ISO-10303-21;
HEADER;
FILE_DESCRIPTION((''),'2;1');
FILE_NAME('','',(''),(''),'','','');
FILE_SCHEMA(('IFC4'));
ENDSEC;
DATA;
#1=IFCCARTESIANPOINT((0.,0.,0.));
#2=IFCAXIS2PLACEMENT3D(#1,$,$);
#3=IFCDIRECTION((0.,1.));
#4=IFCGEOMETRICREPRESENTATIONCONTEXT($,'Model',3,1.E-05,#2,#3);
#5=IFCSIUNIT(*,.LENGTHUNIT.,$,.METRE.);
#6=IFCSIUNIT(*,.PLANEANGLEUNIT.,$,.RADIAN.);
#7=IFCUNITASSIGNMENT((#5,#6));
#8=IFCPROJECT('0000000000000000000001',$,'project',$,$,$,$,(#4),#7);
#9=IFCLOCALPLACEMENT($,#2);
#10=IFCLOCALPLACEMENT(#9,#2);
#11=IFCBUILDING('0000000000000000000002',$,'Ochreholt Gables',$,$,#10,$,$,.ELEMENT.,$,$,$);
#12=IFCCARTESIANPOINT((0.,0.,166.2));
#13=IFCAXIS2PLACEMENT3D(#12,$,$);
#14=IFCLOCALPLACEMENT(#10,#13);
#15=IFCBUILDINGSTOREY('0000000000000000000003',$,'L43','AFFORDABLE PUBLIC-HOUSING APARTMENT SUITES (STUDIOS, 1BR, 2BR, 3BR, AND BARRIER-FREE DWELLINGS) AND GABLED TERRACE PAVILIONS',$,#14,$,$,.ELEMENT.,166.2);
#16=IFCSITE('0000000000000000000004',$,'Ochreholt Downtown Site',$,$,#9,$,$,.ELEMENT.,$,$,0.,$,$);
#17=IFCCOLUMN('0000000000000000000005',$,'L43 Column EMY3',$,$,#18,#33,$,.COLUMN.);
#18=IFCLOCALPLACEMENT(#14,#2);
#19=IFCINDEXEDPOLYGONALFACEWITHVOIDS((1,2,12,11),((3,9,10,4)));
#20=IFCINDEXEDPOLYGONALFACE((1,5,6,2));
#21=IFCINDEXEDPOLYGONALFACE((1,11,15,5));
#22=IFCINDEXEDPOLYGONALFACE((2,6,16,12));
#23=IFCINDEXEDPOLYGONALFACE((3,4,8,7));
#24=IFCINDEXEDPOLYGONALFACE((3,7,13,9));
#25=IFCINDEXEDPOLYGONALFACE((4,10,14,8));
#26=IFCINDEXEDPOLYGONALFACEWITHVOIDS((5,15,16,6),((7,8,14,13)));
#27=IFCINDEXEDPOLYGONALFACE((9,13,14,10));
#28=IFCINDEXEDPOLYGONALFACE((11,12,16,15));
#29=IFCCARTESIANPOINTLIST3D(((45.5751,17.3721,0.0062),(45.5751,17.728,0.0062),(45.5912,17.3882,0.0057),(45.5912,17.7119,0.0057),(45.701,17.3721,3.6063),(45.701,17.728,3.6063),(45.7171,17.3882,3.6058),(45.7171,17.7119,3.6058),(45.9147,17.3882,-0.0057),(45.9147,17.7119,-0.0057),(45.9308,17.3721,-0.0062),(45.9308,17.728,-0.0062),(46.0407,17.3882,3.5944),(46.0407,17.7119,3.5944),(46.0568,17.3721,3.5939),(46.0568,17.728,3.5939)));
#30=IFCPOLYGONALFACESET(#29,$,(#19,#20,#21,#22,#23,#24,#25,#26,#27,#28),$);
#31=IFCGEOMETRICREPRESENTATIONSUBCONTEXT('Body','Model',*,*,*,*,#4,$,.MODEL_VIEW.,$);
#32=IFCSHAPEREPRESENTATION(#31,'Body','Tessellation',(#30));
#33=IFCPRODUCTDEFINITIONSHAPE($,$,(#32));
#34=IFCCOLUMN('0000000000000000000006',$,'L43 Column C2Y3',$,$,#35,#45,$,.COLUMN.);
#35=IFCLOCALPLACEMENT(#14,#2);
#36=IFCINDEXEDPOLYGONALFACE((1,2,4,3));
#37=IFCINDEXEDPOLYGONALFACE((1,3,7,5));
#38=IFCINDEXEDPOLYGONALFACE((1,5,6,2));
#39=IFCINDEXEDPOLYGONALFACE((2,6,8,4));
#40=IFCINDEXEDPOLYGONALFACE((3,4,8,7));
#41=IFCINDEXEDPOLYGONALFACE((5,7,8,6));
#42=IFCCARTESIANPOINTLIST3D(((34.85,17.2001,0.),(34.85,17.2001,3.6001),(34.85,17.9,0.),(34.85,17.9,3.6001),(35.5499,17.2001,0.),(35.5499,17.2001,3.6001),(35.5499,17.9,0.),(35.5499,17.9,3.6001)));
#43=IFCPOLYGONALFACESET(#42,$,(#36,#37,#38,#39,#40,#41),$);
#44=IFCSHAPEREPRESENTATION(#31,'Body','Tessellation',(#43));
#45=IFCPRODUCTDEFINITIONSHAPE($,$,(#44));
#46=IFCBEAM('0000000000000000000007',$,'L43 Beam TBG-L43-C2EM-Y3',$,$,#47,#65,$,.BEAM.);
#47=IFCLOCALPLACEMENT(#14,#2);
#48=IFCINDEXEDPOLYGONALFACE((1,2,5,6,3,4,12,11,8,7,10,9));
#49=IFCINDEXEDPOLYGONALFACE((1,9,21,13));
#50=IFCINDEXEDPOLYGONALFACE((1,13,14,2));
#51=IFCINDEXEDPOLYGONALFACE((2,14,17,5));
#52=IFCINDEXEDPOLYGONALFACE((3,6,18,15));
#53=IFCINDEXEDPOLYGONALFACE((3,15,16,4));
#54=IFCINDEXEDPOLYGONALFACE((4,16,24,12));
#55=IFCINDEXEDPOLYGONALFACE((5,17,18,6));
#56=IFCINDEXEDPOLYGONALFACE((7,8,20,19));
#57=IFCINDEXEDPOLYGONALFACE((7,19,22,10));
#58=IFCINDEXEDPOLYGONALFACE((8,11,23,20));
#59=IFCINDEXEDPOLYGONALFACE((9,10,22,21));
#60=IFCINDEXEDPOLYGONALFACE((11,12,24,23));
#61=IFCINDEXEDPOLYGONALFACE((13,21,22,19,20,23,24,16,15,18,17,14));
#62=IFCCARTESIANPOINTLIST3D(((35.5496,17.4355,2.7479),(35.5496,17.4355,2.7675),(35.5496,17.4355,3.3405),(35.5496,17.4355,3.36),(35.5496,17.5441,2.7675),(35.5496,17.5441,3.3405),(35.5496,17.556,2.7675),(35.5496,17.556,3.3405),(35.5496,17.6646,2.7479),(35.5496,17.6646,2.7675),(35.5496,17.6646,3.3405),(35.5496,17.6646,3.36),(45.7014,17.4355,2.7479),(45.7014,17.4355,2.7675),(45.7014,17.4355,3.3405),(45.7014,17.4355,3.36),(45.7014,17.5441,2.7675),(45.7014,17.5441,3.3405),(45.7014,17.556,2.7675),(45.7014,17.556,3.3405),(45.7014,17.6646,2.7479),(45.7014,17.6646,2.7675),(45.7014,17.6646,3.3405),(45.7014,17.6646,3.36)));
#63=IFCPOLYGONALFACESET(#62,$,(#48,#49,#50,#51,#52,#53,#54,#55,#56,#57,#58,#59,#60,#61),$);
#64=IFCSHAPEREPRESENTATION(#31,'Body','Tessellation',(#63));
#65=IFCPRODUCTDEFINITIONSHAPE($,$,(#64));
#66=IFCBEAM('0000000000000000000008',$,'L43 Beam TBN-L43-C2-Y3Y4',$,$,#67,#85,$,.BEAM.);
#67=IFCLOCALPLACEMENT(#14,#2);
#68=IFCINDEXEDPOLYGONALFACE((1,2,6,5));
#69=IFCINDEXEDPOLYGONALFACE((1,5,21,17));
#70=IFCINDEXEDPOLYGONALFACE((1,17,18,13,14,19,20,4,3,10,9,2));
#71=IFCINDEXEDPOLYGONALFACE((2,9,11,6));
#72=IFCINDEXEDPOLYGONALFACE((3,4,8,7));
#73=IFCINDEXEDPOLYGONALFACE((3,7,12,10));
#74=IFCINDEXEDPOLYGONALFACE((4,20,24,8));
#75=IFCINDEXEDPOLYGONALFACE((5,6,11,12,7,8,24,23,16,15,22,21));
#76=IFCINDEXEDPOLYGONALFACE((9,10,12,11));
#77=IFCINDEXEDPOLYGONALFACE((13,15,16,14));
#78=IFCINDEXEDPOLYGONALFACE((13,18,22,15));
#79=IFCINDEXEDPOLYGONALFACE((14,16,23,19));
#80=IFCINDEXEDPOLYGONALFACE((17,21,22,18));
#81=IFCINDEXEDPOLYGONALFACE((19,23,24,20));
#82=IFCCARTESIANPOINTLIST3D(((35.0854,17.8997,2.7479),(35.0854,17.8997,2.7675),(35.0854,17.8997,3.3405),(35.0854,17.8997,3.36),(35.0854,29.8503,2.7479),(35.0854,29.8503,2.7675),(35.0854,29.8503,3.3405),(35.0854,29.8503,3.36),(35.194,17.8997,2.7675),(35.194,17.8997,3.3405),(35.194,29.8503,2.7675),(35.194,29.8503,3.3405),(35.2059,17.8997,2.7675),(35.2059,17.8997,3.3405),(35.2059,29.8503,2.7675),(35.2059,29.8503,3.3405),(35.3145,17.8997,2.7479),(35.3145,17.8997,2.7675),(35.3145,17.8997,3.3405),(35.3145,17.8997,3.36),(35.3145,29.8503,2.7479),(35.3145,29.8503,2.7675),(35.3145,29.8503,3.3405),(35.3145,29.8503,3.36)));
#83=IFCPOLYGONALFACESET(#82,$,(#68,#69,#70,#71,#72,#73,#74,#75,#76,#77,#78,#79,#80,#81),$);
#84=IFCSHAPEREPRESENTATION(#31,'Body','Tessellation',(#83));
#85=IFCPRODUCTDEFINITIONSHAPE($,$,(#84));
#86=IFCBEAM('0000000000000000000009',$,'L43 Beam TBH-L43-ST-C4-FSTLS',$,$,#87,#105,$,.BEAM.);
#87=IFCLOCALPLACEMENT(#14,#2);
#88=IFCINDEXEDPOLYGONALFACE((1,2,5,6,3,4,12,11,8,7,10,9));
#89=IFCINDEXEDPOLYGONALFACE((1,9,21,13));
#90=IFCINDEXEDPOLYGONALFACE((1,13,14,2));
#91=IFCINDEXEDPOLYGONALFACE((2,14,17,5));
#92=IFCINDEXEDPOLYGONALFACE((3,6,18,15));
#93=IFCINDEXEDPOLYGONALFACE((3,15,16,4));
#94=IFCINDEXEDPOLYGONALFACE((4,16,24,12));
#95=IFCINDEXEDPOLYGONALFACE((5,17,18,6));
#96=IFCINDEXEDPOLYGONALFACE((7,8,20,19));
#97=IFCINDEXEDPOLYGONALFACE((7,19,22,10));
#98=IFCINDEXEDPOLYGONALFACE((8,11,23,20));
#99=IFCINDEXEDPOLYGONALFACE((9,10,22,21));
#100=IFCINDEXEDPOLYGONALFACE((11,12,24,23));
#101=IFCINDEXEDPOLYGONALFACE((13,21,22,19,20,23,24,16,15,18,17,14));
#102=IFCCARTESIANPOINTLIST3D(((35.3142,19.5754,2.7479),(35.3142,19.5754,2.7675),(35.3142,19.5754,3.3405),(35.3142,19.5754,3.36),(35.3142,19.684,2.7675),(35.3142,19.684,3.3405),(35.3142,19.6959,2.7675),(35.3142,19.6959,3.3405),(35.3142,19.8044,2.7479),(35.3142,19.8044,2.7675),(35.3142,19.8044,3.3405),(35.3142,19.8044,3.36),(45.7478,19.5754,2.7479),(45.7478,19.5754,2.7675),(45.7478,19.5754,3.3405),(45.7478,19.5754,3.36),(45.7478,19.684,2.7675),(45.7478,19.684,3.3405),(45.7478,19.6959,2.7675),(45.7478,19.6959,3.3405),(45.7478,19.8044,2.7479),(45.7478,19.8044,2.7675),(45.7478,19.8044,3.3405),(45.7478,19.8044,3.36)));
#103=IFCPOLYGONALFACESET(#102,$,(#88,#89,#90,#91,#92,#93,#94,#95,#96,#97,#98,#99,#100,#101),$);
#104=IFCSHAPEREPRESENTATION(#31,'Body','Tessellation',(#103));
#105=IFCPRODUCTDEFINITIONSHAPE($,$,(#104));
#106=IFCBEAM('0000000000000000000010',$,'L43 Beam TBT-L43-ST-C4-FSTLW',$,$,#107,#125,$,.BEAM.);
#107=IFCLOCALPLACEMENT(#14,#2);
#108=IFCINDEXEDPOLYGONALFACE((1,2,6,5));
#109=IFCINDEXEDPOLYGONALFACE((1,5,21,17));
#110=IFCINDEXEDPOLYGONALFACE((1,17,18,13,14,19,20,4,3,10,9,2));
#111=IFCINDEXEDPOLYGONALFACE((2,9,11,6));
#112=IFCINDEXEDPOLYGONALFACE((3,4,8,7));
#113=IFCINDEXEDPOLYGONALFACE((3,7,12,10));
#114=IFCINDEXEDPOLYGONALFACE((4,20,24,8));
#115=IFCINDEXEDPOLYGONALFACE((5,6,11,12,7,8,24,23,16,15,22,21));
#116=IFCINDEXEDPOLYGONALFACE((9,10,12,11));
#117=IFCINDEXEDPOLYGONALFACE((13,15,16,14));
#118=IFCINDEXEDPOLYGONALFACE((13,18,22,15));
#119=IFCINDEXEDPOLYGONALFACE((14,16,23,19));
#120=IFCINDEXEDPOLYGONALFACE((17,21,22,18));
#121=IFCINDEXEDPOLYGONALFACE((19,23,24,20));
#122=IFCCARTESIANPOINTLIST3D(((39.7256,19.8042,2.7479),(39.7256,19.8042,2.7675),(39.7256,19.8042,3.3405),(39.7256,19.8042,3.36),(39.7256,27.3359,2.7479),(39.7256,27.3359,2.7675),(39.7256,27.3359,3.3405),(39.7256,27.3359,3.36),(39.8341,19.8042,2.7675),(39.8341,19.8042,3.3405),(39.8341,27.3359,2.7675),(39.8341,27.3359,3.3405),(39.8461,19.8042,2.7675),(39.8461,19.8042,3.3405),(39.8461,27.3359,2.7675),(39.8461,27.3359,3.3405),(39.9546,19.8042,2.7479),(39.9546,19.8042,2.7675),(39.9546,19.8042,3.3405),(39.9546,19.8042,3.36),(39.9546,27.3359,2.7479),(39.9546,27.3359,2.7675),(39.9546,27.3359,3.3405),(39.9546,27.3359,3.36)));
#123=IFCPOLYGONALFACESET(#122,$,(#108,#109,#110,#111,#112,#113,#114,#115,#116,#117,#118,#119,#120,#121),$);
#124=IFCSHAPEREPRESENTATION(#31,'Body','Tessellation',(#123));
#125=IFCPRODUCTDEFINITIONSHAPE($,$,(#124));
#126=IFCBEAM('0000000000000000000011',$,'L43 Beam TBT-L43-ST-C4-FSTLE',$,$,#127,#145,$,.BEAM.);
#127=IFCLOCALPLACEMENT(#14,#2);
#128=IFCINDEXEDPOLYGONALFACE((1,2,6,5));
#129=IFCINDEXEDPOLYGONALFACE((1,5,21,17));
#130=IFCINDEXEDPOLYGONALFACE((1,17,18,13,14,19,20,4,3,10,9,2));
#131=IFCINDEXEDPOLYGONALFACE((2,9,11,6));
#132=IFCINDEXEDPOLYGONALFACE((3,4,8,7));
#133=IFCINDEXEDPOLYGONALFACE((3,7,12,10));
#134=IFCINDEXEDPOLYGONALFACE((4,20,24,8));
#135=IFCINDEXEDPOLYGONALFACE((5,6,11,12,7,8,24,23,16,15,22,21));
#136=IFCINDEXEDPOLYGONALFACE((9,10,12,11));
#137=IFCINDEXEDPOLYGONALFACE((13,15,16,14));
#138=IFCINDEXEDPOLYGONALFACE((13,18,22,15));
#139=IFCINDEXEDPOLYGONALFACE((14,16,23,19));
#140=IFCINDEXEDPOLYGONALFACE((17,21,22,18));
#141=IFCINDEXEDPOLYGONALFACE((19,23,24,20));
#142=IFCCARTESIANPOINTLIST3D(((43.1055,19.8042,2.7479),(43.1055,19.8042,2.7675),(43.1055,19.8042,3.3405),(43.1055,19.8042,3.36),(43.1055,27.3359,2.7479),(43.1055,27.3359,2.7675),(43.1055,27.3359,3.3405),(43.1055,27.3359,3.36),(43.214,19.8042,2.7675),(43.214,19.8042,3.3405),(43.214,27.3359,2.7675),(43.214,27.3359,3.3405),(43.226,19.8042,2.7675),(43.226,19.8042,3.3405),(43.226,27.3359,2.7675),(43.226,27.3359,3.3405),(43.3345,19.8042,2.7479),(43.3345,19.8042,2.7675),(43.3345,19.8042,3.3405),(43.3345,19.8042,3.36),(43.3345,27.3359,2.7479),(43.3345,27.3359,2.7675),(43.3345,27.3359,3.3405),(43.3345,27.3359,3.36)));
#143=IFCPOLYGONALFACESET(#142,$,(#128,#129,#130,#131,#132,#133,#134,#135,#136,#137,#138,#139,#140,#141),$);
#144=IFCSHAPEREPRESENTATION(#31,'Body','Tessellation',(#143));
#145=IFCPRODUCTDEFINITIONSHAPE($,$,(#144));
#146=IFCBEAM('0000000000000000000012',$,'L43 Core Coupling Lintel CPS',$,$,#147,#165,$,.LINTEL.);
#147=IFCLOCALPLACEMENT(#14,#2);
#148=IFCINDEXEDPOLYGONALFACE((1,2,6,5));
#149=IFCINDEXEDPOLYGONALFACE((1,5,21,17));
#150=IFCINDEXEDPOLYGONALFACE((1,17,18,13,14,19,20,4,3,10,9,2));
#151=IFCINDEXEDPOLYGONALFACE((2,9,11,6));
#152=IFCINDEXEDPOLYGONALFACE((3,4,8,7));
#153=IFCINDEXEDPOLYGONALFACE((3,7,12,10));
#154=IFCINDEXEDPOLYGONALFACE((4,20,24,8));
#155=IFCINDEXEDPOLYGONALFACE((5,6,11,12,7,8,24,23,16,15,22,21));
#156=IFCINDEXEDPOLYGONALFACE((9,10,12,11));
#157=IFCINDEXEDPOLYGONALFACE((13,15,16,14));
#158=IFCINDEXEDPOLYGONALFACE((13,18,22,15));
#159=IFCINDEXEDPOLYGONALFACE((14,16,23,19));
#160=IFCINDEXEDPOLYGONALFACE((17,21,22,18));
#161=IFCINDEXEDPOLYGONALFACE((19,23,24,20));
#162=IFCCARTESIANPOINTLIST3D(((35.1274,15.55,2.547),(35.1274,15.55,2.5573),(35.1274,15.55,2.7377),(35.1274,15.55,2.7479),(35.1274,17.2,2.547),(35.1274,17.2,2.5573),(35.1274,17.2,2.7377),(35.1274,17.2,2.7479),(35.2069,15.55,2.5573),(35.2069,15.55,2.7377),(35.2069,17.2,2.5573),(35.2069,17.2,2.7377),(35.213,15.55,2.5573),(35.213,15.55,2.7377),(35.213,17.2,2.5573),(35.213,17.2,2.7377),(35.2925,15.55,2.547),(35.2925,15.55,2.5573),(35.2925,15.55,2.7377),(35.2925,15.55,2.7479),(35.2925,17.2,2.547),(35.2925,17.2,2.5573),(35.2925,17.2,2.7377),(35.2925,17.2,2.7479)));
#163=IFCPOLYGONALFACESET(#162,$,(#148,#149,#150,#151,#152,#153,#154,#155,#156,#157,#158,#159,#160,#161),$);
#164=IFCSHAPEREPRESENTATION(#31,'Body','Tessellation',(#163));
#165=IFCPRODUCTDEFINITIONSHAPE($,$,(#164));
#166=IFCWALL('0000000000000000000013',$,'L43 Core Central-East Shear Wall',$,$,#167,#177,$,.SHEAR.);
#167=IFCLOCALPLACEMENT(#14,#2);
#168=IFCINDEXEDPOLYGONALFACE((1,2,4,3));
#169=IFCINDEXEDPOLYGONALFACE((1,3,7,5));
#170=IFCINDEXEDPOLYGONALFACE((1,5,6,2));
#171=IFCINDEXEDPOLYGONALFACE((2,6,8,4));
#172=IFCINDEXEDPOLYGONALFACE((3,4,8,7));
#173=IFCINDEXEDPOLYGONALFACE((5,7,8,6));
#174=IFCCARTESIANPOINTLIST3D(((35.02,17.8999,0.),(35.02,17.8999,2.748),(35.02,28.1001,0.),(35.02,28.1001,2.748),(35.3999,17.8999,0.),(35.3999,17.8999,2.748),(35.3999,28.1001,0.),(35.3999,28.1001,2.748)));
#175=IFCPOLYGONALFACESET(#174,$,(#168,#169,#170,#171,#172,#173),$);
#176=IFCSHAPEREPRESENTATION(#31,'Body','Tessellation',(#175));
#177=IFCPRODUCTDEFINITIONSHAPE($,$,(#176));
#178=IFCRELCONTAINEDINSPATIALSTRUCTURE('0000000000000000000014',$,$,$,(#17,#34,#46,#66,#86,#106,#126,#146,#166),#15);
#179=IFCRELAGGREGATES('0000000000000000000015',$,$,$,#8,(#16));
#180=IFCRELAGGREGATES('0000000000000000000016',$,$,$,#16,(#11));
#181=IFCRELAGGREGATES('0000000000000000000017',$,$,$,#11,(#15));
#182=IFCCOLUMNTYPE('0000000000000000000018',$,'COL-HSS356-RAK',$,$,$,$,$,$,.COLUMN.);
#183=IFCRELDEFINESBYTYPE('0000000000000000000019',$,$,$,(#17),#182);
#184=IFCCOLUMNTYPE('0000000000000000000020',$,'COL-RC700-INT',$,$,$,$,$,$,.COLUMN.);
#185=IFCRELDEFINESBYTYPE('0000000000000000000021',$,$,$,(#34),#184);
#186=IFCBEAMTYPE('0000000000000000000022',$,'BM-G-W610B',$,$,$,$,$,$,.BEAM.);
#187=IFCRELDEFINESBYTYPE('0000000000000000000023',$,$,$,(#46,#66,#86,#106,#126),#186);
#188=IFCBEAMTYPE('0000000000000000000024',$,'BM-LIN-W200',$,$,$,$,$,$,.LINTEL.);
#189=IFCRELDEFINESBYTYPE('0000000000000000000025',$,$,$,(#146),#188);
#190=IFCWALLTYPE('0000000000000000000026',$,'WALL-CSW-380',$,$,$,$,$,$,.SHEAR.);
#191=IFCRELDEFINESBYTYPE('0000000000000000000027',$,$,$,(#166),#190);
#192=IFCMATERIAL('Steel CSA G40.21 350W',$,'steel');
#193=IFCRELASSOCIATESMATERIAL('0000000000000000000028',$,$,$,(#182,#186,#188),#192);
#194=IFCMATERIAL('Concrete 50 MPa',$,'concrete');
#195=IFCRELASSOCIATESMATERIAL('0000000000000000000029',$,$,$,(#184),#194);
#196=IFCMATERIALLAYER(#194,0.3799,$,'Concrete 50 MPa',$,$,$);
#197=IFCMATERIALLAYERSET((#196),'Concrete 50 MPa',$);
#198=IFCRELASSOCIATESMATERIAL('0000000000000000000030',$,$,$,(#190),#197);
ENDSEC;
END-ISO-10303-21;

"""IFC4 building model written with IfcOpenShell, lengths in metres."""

from ifc_helpers import new_model, si_unit, direction, frame, frame_2d, origin, origin_2d, place, context, subcontext, project, spatial, rectangle, hollow_rectangle, i_section, extrude, material, layer, layer_set, material_profile, profile_set, type_object, element, save


model = new_model("IFC4")

# Units and contexts
model_context = context("Model", 3, precision=1e-05, world=origin(), true_north=direction((0.0, 1.0)))
body_context = subcontext(model_context, "Body", "Model", "MODEL_VIEW")
ifc_project = project(units=[si_unit("LENGTHUNIT", "METRE"), si_unit("PLANEANGLEUNIT", "RADIAN")], contexts=[model_context])

# Site, building, storey
site_placement = place(None, origin())
site = spatial("IfcSite", under=ifc_project, at=site_placement, Name="Ochreholt Downtown Site", CompositionType="ELEMENT", RefElevation=0.0)
building_placement = place(site_placement, origin())
building = spatial("IfcBuilding", under=site, at=building_placement, Name="Ochreholt Gables", CompositionType="ELEMENT")
storey_placement = place(building_placement, frame((0.0, 0.0, 166.2)))
storey = spatial("IfcBuildingStorey", under=building, at=storey_placement, Name="L43", Description="AFFORDABLE PUBLIC-HOUSING APARTMENT SUITES (STUDIOS, 1BR, 2BR, 3BR, AND BARRIER-FREE DWELLINGS) AND GABLED TERRACE PAVILIONS", CompositionType="ELEMENT", Elevation=166.2)

# Columns
ifc_material_1 = material(Name="Steel CSA G40.21 350W", Category="steel")
ifc_material_profile_1 = material_profile(ifc_material_1, hollow_rectangle(XDim=0.356, YDim=0.356, WallThickness=0.0161, at=origin_2d()), Name="HSS356X356X16")
ifc_profile_set_1 = profile_set([ifc_material_profile_1], Name="Steel CSA G40.21 350W")
column_type_1 = type_object("IfcColumnType", Name="COL-HSS356-RAK", PredefinedType="COLUMN", material=ifc_profile_set_1)
column_1_placement = place(storey_placement, frame((45.7529, 17.55, 0.0), z_axis=(0.034971, 0.0, 0.999388), x_axis=(0.0, 1.0, 0.0)))
element("IfcColumn", 1, at=column_1_placement, inside=storey, type_object=column_type_1, Name="L43 Column EMY3", PredefinedType="COLUMN", context=body_context, shape_type="SweptSolid", body=[
    extrude(hollow_rectangle(XDim=0.356, YDim=0.356, WallThickness=0.0161, at=origin_2d()), origin(), (0.0, 0.0, 1.0), 3.6023),
])
ifc_material_2 = material(Name="Concrete 50 MPa", Category="concrete")
ifc_material_profile_2 = material_profile(ifc_material_2, rectangle(XDim=0.7, YDim=0.7, at=origin_2d()), Name="RC700X700")
ifc_profile_set_2 = profile_set([ifc_material_profile_2], Name="Concrete 50 MPa")
column_type_2 = type_object("IfcColumnType", Name="COL-RC700-INT", PredefinedType="COLUMN", material=ifc_profile_set_2)
column_2_placement = place(storey_placement, frame((35.2, 17.55, 0.0), z_axis=(0.0, 0.0, 1.0), x_axis=(1.0, 0.0, 0.0)))
element("IfcColumn", 2, at=column_2_placement, inside=storey, type_object=column_type_2, Name="L43 Column C2Y3", PredefinedType="COLUMN", context=body_context, shape_type="SweptSolid", body=[
    extrude(rectangle(XDim=0.7, YDim=0.7, at=origin_2d()), origin(), (0.0, 0.0, 1.0), 3.6001),
])

# Beams
ifc_material_profile_3 = material_profile(ifc_material_1, i_section(OverallWidth=0.229, OverallDepth=0.6121, WebThickness=0.012, FlangeThickness=0.0195, at=origin_2d()), Name="W610X125")
ifc_profile_set_3 = profile_set([ifc_material_profile_3], Name="Steel CSA G40.21 350W")
beam_type_1 = type_object("IfcBeamType", Name="BM-G-W610B", PredefinedType="BEAM", material=ifc_profile_set_3)
beam_1_placement = place(storey_placement, frame((35.5496, 17.55, 3.054), z_axis=(1.0, 0.0, 0.0), x_axis=(0.0, 1.0, 0.0)))
element("IfcBeam", 3, at=beam_1_placement, inside=storey, type_object=beam_type_1, Name="L43 Beam TBG-L43-C2EM-Y3", PredefinedType="BEAM", context=body_context, shape_type="SweptSolid", body=[
    extrude(i_section(OverallWidth=0.229, OverallDepth=0.6121, WebThickness=0.012, FlangeThickness=0.0195, at=origin_2d()), origin(), (0.0, 0.0, 1.0), 10.1519),
])
beam_2_placement = place(storey_placement, frame((35.2, 17.8997, 3.054), z_axis=(0.0, 1.0, 0.0), x_axis=(-1.0, 0.0, 0.0)))
element("IfcBeam", 4, at=beam_2_placement, inside=storey, type_object=beam_type_1, Name="L43 Beam TBN-L43-C2-Y3Y4", PredefinedType="BEAM", context=body_context, shape_type="SweptSolid", body=[
    extrude(i_section(OverallWidth=0.229, OverallDepth=0.6121, WebThickness=0.012, FlangeThickness=0.0195, at=origin_2d()), origin(), (0.0, 0.0, 1.0), 11.9507),
])
beam_3_placement = place(storey_placement, frame((35.3142, 19.6899, 3.054), z_axis=(1.0, 0.0, 0.0), x_axis=(0.0, 1.0, 0.0)))
element("IfcBeam", 5, at=beam_3_placement, inside=storey, type_object=beam_type_1, Name="L43 Beam TBH-L43-ST-C4-FSTLS", PredefinedType="BEAM", context=body_context, shape_type="SweptSolid", body=[
    extrude(i_section(OverallWidth=0.229, OverallDepth=0.6121, WebThickness=0.012, FlangeThickness=0.0195, at=origin_2d()), origin(), (0.0, 0.0, 1.0), 10.4336),
])
for number, where, z_axis, x_axis, name in (
    (6, (39.8401, 19.8042, 3.054), (0.0, 1.0, 0.0), (-1.0, 0.0, 0.0), "L43 Beam TBT-L43-ST-C4-FSTLW"),
    (7, (43.22, 19.8042, 3.054), (0.0, 1.0, 0.0), (-1.0, 0.0, 0.0), "L43 Beam TBT-L43-ST-C4-FSTLE"),
):
    element("IfcBeam", number, at=place(storey_placement, frame(where, z_axis=z_axis, x_axis=x_axis)), inside=storey, type_object=beam_type_1, Name=name, PredefinedType="BEAM", context=body_context, shape_type="SweptSolid", body=[
        extrude(i_section(OverallWidth=0.229, OverallDepth=0.6121, WebThickness=0.012, FlangeThickness=0.0195, at=origin_2d()), origin(), (0.0, 0.0, 1.0), 7.5317),
    ])
ifc_material_profile_4 = material_profile(ifc_material_1, i_section(OverallWidth=0.165, OverallDepth=0.2009, WebThickness=0.0061, FlangeThickness=0.0103, at=origin_2d()), Name="W200X36")
ifc_profile_set_4 = profile_set([ifc_material_profile_4], Name="Steel CSA G40.21 350W")
beam_type_2 = type_object("IfcBeamType", Name="BM-LIN-W200", PredefinedType="LINTEL", material=ifc_profile_set_4)
beam_4_placement = place(storey_placement, frame((35.21, 15.55, 2.6475), z_axis=(0.0, 1.0, 0.0), x_axis=(-1.0, 0.0, 0.0)))
element("IfcBeam", 8, at=beam_4_placement, inside=storey, type_object=beam_type_2, Name="L43 Core Coupling Lintel CPS", PredefinedType="LINTEL", context=body_context, shape_type="SweptSolid", body=[
    extrude(i_section(OverallWidth=0.165, OverallDepth=0.2009, WebThickness=0.0061, FlangeThickness=0.0103, at=origin_2d()), origin(), (0.0, 0.0, 1.0), 1.6499),
])

# Wall
ifc_layer_1 = layer(ifc_material_2, 0.3799, Name="Concrete 50 MPa")
ifc_layer_set_1 = layer_set([ifc_layer_1], Name="Concrete 50 MPa")
wall_type_1 = type_object("IfcWallType", Name="WALL-CSW-380", PredefinedType="SHEAR", material=ifc_layer_set_1)
wall_1_placement = place(storey_placement, frame((35.21, 17.8999, 0.0), z_axis=(0.0, 0.0, 1.0), x_axis=(0.0, 1.0, 0.0)))
element("IfcWall", 9, at=wall_1_placement, inside=storey, type_object=wall_type_1, Name="L43 Core Central-East Shear Wall", PredefinedType="SHEAR", context=body_context, shape_type="SweptSolid", body=[
    extrude(rectangle(XDim=10.2002, YDim=0.3799, at=frame_2d((5.1001, 0.0))), origin(), (0.0, 0.0, 1.0), 2.748),
])

save(model, "model.ifc")
